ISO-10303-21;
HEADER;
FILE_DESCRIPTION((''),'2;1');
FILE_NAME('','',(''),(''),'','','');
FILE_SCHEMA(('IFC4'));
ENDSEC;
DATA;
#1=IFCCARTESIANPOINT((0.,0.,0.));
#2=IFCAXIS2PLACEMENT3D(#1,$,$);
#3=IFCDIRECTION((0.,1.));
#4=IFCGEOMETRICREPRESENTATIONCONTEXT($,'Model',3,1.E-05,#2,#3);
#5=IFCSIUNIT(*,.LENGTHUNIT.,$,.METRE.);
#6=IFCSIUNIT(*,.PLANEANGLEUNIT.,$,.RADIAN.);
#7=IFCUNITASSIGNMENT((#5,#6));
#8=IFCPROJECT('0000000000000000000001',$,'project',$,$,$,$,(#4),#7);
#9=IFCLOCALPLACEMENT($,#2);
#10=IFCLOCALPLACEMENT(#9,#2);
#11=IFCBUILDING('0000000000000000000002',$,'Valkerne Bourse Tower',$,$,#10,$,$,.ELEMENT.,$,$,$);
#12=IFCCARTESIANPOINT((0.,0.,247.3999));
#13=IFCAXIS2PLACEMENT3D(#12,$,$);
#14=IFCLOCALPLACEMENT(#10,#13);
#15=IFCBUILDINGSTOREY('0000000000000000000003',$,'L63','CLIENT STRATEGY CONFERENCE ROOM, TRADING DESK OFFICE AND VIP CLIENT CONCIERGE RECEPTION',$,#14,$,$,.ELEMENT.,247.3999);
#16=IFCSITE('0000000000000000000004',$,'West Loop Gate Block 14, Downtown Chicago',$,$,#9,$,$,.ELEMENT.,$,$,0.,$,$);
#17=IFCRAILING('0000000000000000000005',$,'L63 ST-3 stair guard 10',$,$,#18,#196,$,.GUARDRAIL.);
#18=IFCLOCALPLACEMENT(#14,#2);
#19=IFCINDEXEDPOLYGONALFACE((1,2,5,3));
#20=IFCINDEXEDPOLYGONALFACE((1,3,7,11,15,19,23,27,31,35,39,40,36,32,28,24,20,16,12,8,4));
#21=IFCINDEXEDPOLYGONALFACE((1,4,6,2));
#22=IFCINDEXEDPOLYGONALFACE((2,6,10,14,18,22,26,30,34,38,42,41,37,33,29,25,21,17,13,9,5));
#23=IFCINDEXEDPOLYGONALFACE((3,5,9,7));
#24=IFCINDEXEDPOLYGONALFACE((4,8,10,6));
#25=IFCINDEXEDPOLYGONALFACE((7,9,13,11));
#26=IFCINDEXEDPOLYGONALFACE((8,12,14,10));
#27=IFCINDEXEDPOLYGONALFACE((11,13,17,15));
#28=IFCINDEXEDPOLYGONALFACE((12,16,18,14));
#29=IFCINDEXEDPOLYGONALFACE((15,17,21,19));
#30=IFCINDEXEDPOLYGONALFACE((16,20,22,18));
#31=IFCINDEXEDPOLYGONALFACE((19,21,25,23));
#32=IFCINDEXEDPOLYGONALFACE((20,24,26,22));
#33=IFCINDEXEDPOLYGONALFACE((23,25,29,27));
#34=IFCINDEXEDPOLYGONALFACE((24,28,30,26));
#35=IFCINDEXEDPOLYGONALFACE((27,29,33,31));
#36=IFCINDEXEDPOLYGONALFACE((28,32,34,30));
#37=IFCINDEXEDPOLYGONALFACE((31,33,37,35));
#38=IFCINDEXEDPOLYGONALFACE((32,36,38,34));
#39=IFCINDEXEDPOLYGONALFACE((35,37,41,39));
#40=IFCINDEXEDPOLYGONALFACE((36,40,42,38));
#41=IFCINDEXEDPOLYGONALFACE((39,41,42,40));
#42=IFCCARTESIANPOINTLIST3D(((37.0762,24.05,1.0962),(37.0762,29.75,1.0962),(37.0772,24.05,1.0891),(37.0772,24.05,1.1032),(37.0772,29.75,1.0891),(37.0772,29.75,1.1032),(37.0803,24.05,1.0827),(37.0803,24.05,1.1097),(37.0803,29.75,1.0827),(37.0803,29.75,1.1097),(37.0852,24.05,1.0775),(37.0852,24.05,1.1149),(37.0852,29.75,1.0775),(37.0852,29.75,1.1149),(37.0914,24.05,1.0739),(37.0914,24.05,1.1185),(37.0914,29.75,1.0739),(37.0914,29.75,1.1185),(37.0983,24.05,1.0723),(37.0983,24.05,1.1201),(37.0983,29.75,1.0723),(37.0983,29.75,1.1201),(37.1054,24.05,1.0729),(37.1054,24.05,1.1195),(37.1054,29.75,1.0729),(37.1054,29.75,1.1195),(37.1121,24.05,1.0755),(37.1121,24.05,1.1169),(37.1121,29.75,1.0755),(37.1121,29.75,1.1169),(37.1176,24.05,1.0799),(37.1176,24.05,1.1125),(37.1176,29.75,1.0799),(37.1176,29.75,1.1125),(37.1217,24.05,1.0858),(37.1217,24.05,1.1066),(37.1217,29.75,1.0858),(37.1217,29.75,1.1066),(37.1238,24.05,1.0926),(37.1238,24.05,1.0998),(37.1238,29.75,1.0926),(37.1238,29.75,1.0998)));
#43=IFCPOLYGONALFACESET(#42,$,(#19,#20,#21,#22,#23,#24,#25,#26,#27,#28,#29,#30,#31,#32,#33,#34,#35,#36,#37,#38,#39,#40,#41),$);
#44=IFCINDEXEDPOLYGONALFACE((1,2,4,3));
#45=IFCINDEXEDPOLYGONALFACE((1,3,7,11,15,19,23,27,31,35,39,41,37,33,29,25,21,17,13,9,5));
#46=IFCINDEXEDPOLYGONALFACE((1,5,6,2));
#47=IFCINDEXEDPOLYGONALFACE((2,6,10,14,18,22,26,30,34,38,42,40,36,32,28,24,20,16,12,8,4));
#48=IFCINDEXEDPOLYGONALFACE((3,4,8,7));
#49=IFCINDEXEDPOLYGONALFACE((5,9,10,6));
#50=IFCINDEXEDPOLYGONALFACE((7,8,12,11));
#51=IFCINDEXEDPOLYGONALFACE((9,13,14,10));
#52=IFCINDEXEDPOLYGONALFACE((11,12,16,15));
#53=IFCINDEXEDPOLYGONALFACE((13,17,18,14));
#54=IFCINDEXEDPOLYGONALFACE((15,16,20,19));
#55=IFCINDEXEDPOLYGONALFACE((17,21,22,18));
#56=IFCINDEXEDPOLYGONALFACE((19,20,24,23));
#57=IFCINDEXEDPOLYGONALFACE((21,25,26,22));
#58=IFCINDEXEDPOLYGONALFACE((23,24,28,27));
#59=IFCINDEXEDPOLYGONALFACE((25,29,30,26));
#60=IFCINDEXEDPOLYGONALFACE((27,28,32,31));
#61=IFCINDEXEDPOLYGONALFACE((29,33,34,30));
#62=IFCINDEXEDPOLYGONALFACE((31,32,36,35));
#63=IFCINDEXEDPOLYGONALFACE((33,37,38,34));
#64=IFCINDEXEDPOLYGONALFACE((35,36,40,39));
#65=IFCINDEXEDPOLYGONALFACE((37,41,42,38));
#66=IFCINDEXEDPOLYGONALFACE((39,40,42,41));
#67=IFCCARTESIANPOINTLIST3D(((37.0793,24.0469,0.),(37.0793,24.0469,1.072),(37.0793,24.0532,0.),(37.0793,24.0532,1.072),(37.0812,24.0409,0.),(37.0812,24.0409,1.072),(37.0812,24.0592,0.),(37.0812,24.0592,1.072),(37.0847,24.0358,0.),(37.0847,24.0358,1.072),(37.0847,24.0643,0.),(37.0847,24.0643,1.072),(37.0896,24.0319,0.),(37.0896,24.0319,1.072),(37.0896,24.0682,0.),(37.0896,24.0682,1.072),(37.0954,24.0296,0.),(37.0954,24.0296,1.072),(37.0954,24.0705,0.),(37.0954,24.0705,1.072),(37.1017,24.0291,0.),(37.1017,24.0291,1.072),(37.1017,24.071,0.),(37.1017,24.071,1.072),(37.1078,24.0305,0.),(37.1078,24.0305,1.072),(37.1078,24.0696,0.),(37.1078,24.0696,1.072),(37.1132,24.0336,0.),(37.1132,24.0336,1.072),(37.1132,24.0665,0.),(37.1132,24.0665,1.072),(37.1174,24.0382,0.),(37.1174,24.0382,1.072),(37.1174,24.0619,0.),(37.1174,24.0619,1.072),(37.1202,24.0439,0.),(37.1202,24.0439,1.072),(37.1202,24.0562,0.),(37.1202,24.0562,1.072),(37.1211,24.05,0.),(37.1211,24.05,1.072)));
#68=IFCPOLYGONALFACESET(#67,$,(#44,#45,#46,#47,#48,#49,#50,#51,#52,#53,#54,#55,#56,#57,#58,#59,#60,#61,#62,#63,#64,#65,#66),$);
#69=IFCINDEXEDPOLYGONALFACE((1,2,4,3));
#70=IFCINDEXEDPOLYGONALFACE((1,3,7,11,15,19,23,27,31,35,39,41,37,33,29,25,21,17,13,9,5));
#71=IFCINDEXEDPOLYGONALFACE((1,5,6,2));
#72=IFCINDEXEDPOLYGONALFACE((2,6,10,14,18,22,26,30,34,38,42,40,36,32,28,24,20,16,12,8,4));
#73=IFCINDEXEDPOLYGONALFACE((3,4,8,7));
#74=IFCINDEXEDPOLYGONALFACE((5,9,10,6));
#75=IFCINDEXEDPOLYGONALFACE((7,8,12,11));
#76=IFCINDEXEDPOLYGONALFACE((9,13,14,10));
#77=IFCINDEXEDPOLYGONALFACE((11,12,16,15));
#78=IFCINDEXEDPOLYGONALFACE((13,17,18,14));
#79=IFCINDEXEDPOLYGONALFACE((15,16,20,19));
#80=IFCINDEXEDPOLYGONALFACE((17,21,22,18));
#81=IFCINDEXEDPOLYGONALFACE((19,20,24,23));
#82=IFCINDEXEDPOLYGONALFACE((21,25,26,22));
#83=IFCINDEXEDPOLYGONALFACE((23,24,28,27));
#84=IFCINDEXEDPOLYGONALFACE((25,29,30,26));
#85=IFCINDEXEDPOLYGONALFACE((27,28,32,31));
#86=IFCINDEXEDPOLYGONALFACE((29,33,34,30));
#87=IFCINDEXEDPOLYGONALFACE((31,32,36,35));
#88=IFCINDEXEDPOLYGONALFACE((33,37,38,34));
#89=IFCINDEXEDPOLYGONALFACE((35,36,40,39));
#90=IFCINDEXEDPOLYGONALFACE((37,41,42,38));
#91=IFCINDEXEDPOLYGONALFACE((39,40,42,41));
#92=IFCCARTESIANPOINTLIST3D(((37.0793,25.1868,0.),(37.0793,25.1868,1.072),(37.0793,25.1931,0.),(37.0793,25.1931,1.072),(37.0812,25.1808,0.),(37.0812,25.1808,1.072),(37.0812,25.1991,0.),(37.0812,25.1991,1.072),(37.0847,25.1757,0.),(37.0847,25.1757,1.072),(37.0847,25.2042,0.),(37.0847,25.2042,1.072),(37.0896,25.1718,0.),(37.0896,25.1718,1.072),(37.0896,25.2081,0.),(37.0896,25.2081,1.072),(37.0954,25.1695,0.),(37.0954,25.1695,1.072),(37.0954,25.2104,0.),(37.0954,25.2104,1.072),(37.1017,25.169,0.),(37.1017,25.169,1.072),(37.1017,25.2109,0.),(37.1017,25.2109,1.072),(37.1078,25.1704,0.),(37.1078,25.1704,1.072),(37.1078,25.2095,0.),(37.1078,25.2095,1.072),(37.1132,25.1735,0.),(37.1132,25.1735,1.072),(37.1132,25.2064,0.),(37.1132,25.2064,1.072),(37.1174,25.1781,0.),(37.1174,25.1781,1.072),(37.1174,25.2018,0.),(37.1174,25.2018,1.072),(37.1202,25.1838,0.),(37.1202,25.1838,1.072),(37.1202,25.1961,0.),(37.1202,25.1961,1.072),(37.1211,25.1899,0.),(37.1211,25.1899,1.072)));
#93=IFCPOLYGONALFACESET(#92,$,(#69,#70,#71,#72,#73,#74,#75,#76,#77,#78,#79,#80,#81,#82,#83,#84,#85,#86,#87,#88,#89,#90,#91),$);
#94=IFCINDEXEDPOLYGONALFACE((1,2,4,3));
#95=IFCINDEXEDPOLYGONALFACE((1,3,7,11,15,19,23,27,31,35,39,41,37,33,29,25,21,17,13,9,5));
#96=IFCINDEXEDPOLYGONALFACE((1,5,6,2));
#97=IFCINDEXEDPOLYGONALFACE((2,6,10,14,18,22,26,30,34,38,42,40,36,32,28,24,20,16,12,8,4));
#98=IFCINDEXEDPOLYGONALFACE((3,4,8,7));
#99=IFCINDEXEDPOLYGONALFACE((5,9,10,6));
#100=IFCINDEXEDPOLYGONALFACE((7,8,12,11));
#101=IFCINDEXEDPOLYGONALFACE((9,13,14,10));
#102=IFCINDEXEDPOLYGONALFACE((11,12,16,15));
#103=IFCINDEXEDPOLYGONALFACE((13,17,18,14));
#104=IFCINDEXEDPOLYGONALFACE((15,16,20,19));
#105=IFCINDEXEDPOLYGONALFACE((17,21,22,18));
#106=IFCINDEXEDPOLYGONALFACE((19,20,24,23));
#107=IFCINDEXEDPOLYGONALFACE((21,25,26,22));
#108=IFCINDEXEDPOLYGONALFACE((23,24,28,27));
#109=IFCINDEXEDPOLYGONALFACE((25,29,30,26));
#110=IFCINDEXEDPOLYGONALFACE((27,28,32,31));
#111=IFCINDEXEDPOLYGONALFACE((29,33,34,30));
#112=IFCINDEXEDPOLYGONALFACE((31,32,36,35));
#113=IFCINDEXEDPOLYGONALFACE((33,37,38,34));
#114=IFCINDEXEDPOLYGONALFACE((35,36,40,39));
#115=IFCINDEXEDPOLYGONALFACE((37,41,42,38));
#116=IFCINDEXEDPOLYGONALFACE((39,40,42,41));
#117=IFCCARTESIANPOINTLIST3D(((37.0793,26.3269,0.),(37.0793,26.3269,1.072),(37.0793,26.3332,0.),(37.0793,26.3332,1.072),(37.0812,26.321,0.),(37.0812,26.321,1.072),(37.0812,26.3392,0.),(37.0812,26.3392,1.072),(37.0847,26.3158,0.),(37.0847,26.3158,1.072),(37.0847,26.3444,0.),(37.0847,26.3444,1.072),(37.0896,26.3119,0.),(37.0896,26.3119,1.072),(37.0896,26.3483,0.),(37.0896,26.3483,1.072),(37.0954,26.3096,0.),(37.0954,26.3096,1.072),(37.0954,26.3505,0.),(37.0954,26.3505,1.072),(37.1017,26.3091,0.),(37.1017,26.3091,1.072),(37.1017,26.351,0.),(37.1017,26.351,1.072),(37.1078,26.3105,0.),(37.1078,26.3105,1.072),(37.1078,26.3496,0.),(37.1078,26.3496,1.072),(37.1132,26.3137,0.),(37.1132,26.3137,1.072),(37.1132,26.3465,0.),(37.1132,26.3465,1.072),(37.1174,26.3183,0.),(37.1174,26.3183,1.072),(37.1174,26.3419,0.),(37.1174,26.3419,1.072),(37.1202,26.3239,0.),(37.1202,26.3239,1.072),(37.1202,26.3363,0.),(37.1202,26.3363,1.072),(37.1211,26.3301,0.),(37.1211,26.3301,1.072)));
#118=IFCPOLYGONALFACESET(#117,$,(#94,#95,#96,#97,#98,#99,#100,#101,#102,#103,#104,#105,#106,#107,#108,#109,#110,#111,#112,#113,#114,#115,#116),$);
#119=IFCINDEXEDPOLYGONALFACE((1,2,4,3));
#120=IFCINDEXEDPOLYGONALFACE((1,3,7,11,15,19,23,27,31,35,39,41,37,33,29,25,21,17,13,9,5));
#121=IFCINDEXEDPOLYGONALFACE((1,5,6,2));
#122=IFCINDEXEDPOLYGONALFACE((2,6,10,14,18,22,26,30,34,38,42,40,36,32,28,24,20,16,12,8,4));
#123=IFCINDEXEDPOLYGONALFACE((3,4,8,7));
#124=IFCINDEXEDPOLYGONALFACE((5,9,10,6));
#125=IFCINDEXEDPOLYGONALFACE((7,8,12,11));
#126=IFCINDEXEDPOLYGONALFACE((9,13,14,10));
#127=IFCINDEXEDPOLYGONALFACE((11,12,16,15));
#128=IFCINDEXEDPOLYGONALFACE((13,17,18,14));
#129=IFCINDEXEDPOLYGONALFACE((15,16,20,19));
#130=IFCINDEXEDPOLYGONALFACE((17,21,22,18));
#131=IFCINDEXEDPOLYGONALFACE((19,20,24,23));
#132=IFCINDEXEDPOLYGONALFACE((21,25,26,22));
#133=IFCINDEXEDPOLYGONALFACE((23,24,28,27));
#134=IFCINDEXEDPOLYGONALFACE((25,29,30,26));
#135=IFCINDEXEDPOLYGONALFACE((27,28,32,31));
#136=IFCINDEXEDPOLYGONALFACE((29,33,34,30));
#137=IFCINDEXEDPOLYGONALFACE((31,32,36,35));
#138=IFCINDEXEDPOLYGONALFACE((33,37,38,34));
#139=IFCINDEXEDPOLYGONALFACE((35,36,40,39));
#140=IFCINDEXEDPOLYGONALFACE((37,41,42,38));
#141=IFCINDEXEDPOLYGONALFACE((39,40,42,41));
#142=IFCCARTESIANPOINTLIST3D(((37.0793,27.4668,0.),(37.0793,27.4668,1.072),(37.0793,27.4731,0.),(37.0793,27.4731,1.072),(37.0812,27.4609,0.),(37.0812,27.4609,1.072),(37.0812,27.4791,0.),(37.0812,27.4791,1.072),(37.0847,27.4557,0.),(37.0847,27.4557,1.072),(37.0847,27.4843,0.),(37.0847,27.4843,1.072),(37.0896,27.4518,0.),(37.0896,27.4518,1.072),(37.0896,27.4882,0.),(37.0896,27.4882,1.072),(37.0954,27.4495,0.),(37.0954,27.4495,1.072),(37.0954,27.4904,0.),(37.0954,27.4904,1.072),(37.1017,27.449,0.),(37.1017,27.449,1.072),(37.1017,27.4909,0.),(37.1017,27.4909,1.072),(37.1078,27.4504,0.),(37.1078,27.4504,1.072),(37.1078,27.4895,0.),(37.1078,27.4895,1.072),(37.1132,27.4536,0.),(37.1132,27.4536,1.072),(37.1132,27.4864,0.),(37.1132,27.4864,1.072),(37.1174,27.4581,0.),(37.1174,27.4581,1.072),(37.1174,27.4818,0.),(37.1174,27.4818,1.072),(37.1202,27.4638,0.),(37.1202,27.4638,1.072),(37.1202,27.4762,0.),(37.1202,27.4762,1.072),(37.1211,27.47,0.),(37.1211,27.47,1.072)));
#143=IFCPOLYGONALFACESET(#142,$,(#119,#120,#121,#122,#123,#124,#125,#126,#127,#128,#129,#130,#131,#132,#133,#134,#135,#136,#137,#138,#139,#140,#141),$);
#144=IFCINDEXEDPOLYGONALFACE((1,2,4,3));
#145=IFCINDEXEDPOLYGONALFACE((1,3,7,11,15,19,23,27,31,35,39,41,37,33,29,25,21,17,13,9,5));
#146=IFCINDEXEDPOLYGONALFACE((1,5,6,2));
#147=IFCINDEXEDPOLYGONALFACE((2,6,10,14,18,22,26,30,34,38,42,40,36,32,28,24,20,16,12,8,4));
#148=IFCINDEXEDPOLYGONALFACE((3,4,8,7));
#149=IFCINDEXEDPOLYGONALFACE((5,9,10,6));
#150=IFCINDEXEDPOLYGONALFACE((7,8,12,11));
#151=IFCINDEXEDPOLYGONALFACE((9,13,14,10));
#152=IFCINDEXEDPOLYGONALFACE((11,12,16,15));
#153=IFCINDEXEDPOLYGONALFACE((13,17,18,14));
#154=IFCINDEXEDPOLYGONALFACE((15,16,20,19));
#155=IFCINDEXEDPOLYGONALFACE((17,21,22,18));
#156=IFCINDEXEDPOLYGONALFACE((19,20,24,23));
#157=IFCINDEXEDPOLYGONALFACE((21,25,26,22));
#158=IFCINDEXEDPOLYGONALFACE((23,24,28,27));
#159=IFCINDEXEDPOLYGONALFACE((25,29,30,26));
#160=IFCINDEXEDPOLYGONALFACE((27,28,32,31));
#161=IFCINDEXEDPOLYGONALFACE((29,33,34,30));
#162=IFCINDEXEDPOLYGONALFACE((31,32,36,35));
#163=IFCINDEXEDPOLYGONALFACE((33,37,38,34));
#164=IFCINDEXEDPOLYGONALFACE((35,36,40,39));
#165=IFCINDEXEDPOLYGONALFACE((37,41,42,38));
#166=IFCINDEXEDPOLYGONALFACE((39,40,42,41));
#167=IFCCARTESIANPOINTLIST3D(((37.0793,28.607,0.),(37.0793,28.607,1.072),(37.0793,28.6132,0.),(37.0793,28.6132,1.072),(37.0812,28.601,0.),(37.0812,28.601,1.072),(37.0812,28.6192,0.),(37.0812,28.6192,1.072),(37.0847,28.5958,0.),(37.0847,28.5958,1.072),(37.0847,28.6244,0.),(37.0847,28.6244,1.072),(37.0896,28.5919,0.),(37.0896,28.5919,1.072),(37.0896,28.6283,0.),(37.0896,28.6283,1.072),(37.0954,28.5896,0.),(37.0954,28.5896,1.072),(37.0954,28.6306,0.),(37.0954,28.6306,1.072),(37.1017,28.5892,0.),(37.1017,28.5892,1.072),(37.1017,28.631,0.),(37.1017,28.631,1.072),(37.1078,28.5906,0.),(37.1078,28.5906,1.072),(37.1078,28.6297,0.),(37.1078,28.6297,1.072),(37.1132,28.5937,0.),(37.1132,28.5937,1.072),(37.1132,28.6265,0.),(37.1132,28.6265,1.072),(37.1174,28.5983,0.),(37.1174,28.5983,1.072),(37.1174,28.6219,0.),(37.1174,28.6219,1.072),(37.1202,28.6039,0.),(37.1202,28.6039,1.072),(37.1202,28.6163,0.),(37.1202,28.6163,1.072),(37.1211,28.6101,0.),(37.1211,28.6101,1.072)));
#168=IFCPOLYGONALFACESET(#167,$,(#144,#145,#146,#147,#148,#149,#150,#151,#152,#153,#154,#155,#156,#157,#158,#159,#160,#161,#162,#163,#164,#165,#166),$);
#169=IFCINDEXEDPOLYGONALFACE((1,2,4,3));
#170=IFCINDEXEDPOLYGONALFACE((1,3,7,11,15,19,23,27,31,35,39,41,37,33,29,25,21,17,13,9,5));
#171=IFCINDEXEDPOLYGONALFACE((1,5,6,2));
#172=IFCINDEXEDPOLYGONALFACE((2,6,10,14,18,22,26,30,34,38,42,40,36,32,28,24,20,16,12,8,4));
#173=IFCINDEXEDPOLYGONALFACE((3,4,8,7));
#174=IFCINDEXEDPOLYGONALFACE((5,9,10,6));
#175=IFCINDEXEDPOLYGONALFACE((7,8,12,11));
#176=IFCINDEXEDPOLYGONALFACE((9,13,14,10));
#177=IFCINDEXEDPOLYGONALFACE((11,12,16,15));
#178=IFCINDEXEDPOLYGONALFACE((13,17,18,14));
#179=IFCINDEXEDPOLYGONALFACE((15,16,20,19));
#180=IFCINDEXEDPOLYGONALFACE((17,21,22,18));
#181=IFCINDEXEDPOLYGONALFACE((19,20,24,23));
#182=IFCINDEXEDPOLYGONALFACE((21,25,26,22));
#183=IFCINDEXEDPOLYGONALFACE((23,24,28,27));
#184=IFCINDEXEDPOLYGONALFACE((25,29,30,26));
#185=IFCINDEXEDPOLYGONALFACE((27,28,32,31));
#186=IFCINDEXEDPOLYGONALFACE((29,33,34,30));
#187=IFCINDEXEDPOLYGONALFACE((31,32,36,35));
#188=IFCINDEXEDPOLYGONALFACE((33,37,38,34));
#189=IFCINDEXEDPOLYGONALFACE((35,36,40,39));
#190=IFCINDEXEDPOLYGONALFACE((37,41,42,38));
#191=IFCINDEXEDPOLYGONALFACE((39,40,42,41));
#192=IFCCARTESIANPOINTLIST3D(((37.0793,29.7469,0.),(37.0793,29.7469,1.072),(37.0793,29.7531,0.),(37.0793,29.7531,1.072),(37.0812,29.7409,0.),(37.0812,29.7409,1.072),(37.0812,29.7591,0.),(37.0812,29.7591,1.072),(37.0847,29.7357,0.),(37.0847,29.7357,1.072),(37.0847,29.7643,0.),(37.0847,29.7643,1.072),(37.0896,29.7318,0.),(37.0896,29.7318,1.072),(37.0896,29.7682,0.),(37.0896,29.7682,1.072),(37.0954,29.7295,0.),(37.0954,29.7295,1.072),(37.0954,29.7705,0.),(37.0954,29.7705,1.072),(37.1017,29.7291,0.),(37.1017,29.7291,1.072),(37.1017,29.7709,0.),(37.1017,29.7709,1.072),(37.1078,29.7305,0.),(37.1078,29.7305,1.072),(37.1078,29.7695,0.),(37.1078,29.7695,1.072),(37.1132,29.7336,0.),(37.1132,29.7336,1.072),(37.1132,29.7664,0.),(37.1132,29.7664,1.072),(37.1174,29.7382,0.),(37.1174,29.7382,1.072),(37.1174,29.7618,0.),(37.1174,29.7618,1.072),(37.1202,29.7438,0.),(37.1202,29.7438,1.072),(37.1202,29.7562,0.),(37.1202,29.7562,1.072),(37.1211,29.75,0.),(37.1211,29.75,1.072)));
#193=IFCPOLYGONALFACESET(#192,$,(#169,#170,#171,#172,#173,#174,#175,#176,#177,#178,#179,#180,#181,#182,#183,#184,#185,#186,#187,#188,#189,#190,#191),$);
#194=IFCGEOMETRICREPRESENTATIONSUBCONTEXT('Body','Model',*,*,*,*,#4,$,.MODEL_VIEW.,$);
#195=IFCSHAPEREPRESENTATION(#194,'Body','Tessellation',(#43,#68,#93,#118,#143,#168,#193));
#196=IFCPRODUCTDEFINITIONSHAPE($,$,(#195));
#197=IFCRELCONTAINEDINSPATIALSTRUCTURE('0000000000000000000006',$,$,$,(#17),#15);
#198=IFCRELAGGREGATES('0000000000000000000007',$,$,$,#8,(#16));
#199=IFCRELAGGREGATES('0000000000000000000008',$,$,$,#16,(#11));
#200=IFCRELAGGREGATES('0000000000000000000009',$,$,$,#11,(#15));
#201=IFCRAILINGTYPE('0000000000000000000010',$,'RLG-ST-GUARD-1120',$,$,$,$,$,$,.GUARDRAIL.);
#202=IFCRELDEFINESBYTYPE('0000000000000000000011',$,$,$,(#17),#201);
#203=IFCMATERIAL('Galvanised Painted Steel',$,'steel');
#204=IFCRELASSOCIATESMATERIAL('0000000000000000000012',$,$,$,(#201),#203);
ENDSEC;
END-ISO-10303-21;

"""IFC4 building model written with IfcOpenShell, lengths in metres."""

from ifc_helpers import new_model, si_unit, direction, frame, origin, origin_2d, place, context, subcontext, project, spatial, circle, extrude, material, type_object, element, save


model = new_model("IFC4")

# Units and contexts
model_context = context("Model", 3, precision=1e-05, world=origin(), true_north=direction((0.0, 1.0)))
body_context = subcontext(model_context, "Body", "Model", "MODEL_VIEW")
ifc_project = project(units=[si_unit("LENGTHUNIT", "METRE"), si_unit("PLANEANGLEUNIT", "RADIAN")], contexts=[model_context])

# Site, building, storey
site_placement = place(None, origin())
site = spatial("IfcSite", under=ifc_project, at=site_placement, Name="West Loop Gate Block 14, Downtown Chicago", CompositionType="ELEMENT", RefElevation=0.0)
building_placement = place(site_placement, origin())
building = spatial("IfcBuilding", under=site, at=building_placement, Name="Valkerne Bourse Tower", CompositionType="ELEMENT")
storey_placement = place(building_placement, frame((0.0, 0.0, 247.3999)))
storey = spatial("IfcBuildingStorey", under=building, at=storey_placement, Name="L63", Description="CLIENT STRATEGY CONFERENCE ROOM, TRADING DESK OFFICE AND VIP CLIENT CONCIERGE RECEPTION", CompositionType="ELEMENT", Elevation=247.3999)

# Railing
ifc_material_1 = material(Name="Galvanised Painted Steel", Category="steel")
railing_type_1 = type_object("IfcRailingType", Name="RLG-ST-GUARD-1120", PredefinedType="GUARDRAIL", material=ifc_material_1)
railing_1_placement = place(storey_placement, frame((37.1001, 24.05, 0.0)))
element("IfcRailing", 1, at=railing_1_placement, inside=storey, type_object=railing_type_1, Name="L63 ST-3 stair guard 10", PredefinedType="GUARDRAIL", context=body_context, shape_type="SweptSolid", body=[
    extrude(circle(Radius=0.0239, at=origin_2d()), frame((0.0, 0.0, 1.0962), z_axis=(0.0, 1.0, 0.0), x_axis=(-1.0, 0.0, 0.0)), (0.0, 0.0, 1.0), 5.7),
    extrude(circle(Radius=0.021, at=origin_2d()), origin(), (0.0, 0.0, 1.0), 1.072),
    extrude(circle(Radius=0.021, at=origin_2d()), frame((0.0, 1.1399, 0.0)), (0.0, 0.0, 1.0), 1.072),
    extrude(circle(Radius=0.021, at=origin_2d()), frame((0.0, 2.28, 0.0)), (0.0, 0.0, 1.0), 1.072),
    extrude(circle(Radius=0.021, at=origin_2d()), frame((0.0, 3.4199, 0.0)), (0.0, 0.0, 1.0), 1.072),
    extrude(circle(Radius=0.021, at=origin_2d()), frame((0.0, 4.5601, 0.0)), (0.0, 0.0, 1.0), 1.072),
    extrude(circle(Radius=0.021, at=origin_2d()), frame((0.0, 5.7, 0.0)), (0.0, 0.0, 1.0), 1.072),
])

save(model, "model.ifc")
